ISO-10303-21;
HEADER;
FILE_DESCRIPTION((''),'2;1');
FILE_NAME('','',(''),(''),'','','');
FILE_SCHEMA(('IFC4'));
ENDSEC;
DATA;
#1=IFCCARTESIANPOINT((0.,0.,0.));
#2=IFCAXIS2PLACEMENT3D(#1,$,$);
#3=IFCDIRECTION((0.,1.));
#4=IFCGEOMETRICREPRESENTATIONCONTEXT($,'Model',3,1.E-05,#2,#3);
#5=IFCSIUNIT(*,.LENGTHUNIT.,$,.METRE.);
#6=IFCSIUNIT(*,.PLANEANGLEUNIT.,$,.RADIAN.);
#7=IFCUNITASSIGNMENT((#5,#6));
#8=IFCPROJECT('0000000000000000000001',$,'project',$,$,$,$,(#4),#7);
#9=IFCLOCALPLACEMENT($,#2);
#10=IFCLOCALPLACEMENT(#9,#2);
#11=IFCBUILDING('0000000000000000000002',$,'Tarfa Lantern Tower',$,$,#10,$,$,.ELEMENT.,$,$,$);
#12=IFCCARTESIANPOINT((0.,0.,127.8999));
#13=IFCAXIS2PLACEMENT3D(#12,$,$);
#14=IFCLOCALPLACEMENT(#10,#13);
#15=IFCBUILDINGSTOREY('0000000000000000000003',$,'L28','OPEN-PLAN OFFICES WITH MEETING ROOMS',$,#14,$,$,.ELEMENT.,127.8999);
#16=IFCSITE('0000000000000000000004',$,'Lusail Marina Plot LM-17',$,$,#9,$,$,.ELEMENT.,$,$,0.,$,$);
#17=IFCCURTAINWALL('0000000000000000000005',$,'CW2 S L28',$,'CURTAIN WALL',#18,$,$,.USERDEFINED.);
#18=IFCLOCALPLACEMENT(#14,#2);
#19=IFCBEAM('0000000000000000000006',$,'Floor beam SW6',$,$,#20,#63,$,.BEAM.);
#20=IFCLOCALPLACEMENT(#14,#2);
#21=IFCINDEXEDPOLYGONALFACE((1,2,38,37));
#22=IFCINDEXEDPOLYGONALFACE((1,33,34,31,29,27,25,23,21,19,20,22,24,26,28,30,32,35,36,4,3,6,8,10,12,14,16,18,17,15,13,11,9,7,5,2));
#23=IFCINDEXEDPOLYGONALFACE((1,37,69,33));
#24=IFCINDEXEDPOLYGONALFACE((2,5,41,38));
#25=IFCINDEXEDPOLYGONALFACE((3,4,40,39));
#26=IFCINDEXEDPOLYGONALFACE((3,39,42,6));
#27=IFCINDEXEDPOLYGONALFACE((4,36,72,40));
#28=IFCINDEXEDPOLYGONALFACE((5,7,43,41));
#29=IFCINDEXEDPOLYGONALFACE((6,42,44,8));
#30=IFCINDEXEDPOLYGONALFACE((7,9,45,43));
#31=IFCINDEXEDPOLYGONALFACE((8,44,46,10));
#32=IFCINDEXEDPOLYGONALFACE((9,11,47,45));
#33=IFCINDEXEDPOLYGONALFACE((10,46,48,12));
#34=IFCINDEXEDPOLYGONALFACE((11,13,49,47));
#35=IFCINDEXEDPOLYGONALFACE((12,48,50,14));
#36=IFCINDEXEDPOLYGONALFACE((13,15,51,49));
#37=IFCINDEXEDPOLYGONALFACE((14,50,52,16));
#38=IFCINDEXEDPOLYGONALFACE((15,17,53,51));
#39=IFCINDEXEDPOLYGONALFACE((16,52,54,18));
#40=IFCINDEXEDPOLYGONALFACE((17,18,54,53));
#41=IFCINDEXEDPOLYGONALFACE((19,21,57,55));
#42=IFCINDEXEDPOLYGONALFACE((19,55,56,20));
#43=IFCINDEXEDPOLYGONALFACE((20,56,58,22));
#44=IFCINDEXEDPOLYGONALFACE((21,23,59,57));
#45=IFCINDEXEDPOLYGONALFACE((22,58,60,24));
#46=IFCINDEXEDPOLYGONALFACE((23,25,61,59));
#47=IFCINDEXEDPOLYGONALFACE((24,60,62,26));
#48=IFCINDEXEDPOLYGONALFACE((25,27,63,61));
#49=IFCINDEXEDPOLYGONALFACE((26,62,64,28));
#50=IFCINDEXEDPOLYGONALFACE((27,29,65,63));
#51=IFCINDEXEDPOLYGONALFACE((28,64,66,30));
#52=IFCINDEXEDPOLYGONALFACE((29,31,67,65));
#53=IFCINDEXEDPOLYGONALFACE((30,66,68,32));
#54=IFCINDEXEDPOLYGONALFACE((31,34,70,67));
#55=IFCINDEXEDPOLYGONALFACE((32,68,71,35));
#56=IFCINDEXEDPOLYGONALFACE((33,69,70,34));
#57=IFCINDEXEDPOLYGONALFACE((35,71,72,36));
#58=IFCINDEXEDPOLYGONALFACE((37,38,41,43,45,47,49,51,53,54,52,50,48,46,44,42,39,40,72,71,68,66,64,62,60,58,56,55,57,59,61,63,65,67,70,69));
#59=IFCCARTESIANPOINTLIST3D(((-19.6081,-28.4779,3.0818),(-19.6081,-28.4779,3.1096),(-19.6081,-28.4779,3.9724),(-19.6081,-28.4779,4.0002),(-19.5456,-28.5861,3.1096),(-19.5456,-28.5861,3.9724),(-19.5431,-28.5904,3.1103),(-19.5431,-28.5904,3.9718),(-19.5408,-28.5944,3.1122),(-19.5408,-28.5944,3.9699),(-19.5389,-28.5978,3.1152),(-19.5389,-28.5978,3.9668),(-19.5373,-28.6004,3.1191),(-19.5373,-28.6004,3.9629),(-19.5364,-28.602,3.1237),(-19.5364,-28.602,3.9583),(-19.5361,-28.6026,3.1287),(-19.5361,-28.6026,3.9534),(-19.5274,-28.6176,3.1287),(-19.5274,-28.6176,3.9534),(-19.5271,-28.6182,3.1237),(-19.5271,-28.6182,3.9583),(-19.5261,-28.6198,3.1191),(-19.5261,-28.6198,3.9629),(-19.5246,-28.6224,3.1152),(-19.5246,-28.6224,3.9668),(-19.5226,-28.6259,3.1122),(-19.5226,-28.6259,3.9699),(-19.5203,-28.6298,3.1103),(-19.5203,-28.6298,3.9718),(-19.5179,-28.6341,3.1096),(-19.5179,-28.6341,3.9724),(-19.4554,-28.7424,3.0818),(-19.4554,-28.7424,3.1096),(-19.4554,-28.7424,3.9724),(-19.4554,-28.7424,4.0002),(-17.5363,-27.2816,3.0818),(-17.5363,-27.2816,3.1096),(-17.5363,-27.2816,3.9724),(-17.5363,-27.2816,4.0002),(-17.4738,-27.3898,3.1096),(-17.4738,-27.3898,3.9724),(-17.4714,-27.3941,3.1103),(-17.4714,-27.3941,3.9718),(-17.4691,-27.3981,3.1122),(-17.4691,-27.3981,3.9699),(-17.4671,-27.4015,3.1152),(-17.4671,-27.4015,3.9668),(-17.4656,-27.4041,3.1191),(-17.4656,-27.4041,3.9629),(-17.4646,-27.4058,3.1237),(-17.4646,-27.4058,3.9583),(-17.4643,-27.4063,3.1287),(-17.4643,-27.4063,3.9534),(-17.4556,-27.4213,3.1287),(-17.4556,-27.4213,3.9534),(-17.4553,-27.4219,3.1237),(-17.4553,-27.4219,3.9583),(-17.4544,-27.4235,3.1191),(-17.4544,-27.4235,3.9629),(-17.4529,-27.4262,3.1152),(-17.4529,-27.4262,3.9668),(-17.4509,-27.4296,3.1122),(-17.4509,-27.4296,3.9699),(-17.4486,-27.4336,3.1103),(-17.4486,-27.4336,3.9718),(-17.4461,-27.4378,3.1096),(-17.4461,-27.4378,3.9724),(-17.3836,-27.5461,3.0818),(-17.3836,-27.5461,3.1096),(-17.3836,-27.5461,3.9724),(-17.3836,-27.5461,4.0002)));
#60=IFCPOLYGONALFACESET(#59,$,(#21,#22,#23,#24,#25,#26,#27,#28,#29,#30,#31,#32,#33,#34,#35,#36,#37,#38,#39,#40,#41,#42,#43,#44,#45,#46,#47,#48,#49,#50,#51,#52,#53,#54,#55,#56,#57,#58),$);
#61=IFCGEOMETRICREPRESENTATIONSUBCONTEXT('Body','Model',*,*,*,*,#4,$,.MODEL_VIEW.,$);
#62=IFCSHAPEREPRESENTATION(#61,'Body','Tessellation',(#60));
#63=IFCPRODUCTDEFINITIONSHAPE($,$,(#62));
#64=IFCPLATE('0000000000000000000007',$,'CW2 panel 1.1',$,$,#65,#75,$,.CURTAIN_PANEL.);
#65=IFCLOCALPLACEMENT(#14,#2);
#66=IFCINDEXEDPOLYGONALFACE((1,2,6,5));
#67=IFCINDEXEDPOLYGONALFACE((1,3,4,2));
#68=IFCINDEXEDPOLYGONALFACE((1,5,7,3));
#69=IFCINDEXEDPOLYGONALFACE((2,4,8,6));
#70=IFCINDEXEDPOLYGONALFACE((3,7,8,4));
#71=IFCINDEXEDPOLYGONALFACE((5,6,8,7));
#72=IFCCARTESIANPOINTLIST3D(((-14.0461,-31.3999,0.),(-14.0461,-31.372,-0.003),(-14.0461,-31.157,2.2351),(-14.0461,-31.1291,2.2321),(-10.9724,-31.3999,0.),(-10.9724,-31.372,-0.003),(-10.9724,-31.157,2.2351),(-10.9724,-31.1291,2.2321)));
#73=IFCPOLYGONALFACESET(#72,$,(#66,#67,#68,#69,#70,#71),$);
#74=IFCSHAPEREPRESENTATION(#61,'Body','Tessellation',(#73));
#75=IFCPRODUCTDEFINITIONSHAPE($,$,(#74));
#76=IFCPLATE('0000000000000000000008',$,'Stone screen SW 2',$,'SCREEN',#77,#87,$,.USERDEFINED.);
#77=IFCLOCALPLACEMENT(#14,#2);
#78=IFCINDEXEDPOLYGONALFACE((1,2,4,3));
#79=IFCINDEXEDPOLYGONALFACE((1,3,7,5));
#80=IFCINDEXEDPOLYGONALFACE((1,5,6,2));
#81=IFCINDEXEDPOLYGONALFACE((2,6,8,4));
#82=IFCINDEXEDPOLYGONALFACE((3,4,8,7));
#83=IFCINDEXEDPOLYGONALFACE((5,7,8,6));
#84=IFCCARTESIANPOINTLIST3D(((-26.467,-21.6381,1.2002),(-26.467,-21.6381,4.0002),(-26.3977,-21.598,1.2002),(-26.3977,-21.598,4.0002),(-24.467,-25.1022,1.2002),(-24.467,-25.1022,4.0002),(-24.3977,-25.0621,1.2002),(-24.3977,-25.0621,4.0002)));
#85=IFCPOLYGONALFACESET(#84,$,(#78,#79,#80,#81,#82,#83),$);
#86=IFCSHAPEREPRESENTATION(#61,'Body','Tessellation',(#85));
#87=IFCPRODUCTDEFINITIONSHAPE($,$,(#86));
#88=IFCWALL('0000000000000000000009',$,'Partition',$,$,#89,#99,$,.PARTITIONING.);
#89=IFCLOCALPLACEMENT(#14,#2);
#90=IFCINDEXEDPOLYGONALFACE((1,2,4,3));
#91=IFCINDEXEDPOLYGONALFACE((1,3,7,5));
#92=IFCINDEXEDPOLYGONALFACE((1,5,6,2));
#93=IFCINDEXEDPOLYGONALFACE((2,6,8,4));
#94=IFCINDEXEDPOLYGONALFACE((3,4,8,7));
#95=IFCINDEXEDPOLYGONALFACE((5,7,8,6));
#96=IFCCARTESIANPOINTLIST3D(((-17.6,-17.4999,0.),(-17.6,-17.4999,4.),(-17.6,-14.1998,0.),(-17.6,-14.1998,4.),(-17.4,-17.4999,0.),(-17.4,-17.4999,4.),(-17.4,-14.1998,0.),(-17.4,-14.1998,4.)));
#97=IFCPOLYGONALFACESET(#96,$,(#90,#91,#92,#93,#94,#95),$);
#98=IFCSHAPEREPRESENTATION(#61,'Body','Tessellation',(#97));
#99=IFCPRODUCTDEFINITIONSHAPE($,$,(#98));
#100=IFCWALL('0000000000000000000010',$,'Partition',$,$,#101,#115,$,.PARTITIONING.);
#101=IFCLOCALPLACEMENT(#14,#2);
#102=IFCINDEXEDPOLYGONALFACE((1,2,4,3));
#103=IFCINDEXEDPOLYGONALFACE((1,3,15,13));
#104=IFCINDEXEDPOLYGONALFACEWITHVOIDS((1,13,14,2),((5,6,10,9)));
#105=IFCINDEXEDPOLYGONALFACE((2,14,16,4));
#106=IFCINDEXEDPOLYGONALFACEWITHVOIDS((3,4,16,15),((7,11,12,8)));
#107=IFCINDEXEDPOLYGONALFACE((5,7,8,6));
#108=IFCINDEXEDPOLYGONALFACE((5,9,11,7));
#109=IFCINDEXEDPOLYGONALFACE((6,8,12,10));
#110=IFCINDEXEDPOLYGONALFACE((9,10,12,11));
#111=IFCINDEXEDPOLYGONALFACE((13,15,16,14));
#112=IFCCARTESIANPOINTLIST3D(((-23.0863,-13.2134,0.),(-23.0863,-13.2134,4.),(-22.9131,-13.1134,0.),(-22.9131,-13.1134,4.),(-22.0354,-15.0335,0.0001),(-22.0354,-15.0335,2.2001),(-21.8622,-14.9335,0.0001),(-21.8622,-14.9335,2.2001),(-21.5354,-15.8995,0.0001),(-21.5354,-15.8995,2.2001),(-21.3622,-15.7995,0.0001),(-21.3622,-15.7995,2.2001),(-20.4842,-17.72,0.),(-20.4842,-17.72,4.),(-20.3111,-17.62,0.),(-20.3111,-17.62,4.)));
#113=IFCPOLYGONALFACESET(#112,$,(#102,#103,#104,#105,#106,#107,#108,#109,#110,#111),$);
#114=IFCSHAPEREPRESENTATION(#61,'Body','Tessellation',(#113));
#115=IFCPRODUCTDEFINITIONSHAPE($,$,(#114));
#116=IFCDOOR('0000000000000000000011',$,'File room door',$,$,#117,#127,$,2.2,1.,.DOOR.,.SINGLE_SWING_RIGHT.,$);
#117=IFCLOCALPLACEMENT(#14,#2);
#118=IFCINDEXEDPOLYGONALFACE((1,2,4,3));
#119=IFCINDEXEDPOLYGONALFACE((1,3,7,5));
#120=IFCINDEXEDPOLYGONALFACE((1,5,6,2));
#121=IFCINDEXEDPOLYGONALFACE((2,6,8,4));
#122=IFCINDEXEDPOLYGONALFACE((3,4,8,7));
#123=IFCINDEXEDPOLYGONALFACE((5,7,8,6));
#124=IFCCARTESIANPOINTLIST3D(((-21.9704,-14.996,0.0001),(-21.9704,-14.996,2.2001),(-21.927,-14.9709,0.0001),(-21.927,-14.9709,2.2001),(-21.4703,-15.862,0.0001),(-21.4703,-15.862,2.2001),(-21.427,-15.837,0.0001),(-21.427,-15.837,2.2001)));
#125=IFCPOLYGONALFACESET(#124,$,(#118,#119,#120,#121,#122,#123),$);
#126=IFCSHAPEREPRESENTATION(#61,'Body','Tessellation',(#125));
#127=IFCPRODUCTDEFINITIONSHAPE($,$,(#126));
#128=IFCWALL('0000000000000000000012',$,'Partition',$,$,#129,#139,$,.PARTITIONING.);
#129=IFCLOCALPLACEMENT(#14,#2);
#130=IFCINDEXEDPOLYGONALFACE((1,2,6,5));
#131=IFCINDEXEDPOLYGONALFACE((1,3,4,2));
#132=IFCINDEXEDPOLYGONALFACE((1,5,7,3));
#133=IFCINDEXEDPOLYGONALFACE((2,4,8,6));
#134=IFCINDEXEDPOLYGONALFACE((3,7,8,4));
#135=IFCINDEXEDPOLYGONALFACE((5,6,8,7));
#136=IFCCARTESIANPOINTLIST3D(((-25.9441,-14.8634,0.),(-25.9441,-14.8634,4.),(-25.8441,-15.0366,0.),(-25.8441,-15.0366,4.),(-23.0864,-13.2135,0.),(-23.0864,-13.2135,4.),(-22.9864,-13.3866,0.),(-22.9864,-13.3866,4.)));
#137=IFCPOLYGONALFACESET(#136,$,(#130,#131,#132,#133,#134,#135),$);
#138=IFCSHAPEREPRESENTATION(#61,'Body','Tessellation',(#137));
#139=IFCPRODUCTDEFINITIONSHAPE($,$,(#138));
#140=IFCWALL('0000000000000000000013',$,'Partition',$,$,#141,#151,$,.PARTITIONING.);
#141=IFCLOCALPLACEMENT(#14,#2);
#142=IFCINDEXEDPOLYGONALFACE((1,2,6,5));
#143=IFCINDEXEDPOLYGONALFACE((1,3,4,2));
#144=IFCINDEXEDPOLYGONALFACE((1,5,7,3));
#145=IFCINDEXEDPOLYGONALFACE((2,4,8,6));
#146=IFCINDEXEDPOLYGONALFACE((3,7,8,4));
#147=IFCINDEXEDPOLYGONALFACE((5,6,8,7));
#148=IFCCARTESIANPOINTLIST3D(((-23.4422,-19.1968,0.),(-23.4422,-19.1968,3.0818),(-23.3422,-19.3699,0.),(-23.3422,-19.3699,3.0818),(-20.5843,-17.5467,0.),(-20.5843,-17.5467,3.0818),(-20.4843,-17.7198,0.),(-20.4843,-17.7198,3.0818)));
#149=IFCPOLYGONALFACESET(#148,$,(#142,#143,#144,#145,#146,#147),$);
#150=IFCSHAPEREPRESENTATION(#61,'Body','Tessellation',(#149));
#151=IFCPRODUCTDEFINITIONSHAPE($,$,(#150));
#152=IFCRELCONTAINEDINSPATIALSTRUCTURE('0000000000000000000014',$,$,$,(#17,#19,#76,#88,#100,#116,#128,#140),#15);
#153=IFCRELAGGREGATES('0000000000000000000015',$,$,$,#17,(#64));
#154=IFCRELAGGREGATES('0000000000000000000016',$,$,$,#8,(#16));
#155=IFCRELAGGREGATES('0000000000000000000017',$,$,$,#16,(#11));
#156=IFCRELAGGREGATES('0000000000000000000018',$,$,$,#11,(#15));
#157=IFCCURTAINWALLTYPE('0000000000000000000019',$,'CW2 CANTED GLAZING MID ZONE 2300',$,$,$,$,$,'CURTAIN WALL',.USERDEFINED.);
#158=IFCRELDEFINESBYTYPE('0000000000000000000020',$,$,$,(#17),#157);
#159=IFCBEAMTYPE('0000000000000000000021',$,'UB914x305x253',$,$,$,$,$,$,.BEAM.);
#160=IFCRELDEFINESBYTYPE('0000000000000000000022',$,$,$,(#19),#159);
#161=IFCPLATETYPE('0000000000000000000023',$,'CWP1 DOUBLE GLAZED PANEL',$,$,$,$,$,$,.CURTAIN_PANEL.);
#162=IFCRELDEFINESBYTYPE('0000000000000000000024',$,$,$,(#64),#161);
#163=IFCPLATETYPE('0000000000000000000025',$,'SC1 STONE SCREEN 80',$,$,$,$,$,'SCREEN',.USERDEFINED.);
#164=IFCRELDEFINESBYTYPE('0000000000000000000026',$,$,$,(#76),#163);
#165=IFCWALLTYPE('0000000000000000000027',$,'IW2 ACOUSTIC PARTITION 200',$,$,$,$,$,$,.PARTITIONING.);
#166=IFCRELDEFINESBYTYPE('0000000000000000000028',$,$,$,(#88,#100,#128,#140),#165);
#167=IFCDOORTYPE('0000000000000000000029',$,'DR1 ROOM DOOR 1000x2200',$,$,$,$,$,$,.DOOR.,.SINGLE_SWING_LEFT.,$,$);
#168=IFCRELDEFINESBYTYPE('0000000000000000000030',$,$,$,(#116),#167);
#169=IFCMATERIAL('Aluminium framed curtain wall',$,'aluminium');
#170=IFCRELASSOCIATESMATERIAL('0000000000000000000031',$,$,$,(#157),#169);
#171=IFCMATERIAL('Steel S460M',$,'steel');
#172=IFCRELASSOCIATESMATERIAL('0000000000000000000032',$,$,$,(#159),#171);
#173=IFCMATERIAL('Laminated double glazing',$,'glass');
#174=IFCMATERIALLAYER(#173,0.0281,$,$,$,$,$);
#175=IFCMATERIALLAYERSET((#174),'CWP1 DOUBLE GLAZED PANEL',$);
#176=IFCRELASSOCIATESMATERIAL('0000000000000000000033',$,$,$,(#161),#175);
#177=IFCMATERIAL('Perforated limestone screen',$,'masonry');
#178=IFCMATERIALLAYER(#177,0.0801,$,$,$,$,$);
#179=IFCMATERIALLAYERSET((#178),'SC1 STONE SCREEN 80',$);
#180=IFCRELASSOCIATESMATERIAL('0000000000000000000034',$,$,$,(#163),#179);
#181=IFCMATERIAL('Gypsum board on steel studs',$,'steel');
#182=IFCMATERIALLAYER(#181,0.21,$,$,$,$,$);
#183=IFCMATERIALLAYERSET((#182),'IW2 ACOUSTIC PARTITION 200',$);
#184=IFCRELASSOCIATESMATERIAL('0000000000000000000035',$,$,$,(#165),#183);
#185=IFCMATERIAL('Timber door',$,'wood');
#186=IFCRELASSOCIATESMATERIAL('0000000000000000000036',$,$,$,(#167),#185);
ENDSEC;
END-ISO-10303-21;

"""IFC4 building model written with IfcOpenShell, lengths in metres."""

from ifc_helpers import new_model, si_unit, direction, frame, frame_2d, origin, origin_2d, place, context, subcontext, project, spatial, polyline, rectangle, i_section, outline, extrude, material, layer, layer_set, material_profile, profile_set, type_object, element, fill, aggregate, save


model = new_model("IFC4")

# Units and contexts
model_context = context("Model", 3, precision=1e-05, world=origin(), true_north=direction((0.0, 1.0)))
body_context = subcontext(model_context, "Body", "Model", "MODEL_VIEW")
ifc_project = project(units=[si_unit("LENGTHUNIT", "METRE"), si_unit("PLANEANGLEUNIT", "RADIAN")], contexts=[model_context])

# Site, building, storey
site_placement = place(None, origin())
site = spatial("IfcSite", under=ifc_project, at=site_placement, Name="Lusail Marina Plot LM-17", CompositionType="ELEMENT", RefElevation=0.0)
building_placement = place(site_placement, origin())
building = spatial("IfcBuilding", under=site, at=building_placement, Name="Tarfa Lantern Tower", CompositionType="ELEMENT")
storey_placement = place(building_placement, frame((0.0, 0.0, 127.8999)))
storey = spatial("IfcBuildingStorey", under=building, at=storey_placement, Name="L28", Description="OPEN-PLAN OFFICES WITH MEETING ROOMS", CompositionType="ELEMENT", Elevation=127.8999)

# Curtain wall
ifc_material_1 = material(Name="Aluminium framed curtain wall", Category="aluminium")
curtain_wall_type = type_object("IfcCurtainWallType", Name="CW2 CANTED GLAZING MID ZONE 2300", ElementType="CURTAIN WALL", PredefinedType="USERDEFINED", material=ifc_material_1)
curtain_wall_placement = place(storey_placement, origin())
curtain_wall = element("IfcCurtainWall", 1, at=curtain_wall_placement, inside=storey, type_object=curtain_wall_type, Name="CW2 S L28", ObjectType="CURTAIN WALL", PredefinedType="USERDEFINED")

# Beam
ifc_material_2 = material(Name="Steel S460M", Category="steel")
ifc_material_profile_1 = material_profile(ifc_material_2, i_section(OverallWidth=0.3054, OverallDepth=0.9185, WebThickness=0.0173, FlangeThickness=0.0278, FilletRadius=0.019, at=origin_2d()), Name="UB914x305x253")
ifc_profile_set_1 = profile_set([ifc_material_profile_1], Name="Steel S460M")
beam_type_1 = type_object("IfcBeamType", Name="UB914x305x253", PredefinedType="BEAM", material=ifc_profile_set_1)
beam_1_placement = place(storey_placement, frame((-19.5317, -28.6101, 3.541), z_axis=(0.865999, 0.500046, 0.0), x_axis=(-0.500046, 0.865999, 0.0)))
element("IfcBeam", 2, at=beam_1_placement, inside=storey, type_object=beam_type_1, Name="Floor beam SW6", PredefinedType="BEAM", context=body_context, shape_type="SweptSolid", body=[
    extrude(i_section(OverallWidth=0.3054, OverallDepth=0.9185, WebThickness=0.0173, FlangeThickness=0.0278, FilletRadius=0.019, at=origin_2d()), origin(), (0.0, 0.0, 1.0), 2.3923),
])

# Plates
ifc_material_3 = material(Name="Laminated double glazing", Category="glass")
ifc_layer_1 = layer(ifc_material_3, 0.0281)
ifc_layer_set_1 = layer_set([ifc_layer_1], Name="CWP1 DOUBLE GLAZED PANEL")
plate_type_1 = type_object("IfcPlateType", Name="CWP1 DOUBLE GLAZED PANEL", PredefinedType="CURTAIN_PANEL", material=ifc_layer_set_1)
plate_1_placement = place(storey_placement, frame((-14.0461, -31.3999, 0.0), z_axis=(0.0, -0.994146, 0.108048), x_axis=(1.0, 0.0, 0.0)))
plate_1 = element("IfcPlate", 3, at=plate_1_placement, type_object=plate_type_1, Name="CW2 panel 1.1", PredefinedType="CURTAIN_PANEL", context=body_context, shape_type="SweptSolid", body=[
    extrude(outline(polyline([(0.0, 0.0), (3.0737, 0.0), (3.0737, 2.2483), (0.0, 2.2483), (0.0, 0.0)])), origin(), (0.0, 0.0, -1.0), 0.0281),
])
aggregate(curtain_wall, [plate_1])
ifc_material_4 = material(Name="Perforated limestone screen", Category="masonry")
ifc_layer_2 = layer(ifc_material_4, 0.0801)
ifc_layer_set_2 = layer_set([ifc_layer_2], Name="SC1 STONE SCREEN 80")
plate_type_2 = type_object("IfcPlateType", Name="SC1 STONE SCREEN 80", ElementType="SCREEN", PredefinedType="USERDEFINED", material=ifc_layer_set_2)
plate_2_placement = place(storey_placement, frame((-25.4324, -23.3501, 1.2002), z_axis=(0.0, 0.0, 1.0), x_axis=(0.5, -0.866025, 0.0)))
element("IfcPlate", 4, at=plate_2_placement, inside=storey, type_object=plate_type_2, Name="Stone screen SW 2", ObjectType="SCREEN", PredefinedType="USERDEFINED", context=body_context, shape_type="SweptSolid", body=[
    extrude(rectangle(XDim=4.0, YDim=0.0801, at=origin_2d()), origin(), (0.0, 0.0, 1.0), 2.8),
])

# Wall
ifc_material_5 = material(Name="Gypsum board on steel studs", Category="steel")
ifc_layer_3 = layer(ifc_material_5, 0.21)
ifc_layer_set_3 = layer_set([ifc_layer_3], Name="IW2 ACOUSTIC PARTITION 200")
wall_type = type_object("IfcWallType", Name="IW2 ACOUSTIC PARTITION 200", PredefinedType="PARTITIONING", material=ifc_layer_set_3)
wall_1_placement = place(storey_placement, frame((-17.5, -14.2, 0.0), z_axis=(0.0, 0.0, 1.0), x_axis=(0.0, -1.0, 0.0)))
element("IfcWall", 5, at=wall_1_placement, inside=storey, type_object=wall_type, Name="Partition", PredefinedType="PARTITIONING", context=body_context, shape_type="SweptSolid", body=[
    extrude(rectangle(XDim=3.3, YDim=0.2, at=frame_2d((1.6499, 0.0))), origin(), (0.0, 0.0, 1.0), 4.0),
])

# Wall, opening, door
wall_2_placement = place(storey_placement, frame((-22.9998, -13.1633, 0.0), z_axis=(0.0, 0.0, 1.0), x_axis=(0.500024, -0.866011, 0.0)))
wall_2 = element("IfcWall", 6, at=wall_2_placement, inside=storey, type_object=wall_type, Name="Partition", PredefinedType="PARTITIONING", context=body_context, shape_type="SweptSolid", body=[
    extrude(rectangle(XDim=5.2039, YDim=0.2, at=frame_2d((2.6021, 0.0))), origin(), (0.0, 0.0, 1.0), 4.0),
])
opening_placement = place(wall_2_placement, frame((2.1018, 0.0, 0.0)))
opening = element("IfcOpeningElement", 7, at=opening_placement, cuts=wall_2, PredefinedType="OPENING", context=body_context, shape_type="SweptSolid", body=[
    extrude(rectangle(XDim=1.0, YDim=2.2, at=frame_2d((0.5, 1.1001))), frame((0.0, 0.1099, 0.0), z_axis=(0.0, -1.0, 0.0), x_axis=(1.0, 0.0, 0.0)), (0.0, 0.0, 1.0), 0.22),
])
ifc_material_6 = material(Name="Timber door", Category="wood")
door_type = type_object("IfcDoorType", Name="DR1 ROOM DOOR 1000x2200", OperationType="SINGLE_SWING_LEFT", PredefinedType="DOOR", material=ifc_material_6)
door_placement = place(opening_placement, frame((1.0, 0.0, 0.0), z_axis=(0.0, 0.0, 1.0), x_axis=(-1.0, 0.0, 0.0)))
door = element("IfcDoor", 8, at=door_placement, inside=storey, type_object=door_type, Name="File room door", OperationType="SINGLE_SWING_RIGHT", OverallHeight=2.2, OverallWidth=1.0, PredefinedType="DOOR", context=body_context, shape_type="SweptSolid", body=[
    extrude(rectangle(XDim=1.0, YDim=2.2, at=frame_2d((0.5, 1.1001))), frame((0.0, 0.0249, 0.0), z_axis=(0.0, -1.0, 0.0), x_axis=(1.0, 0.0, 0.0)), (0.0, 0.0, 1.0), 0.05),
])
fill(opening, door)

# Walls
wall_3_placement = place(storey_placement, frame((-23.0364, -13.3, 0.0), z_axis=(0.0, 0.0, 1.0), x_axis=(-0.866022, -0.500006, 0.0)))
element("IfcWall", 9, at=wall_3_placement, inside=storey, type_object=wall_type, Name="Partition", PredefinedType="PARTITIONING", context=body_context, shape_type="SweptSolid", body=[
    extrude(rectangle(XDim=3.2998, YDim=0.2, at=frame_2d((1.6499, 0.0))), origin(), (0.0, 0.0, 1.0), 4.0),
])
wall_4_placement = place(storey_placement, frame((-20.5344, -17.6333, 0.0), z_axis=(0.0, 0.0, 1.0), x_axis=(-0.866008, -0.50003, 0.0)))
element("IfcWall", 10, at=wall_4_placement, inside=storey, type_object=wall_type, Name="Partition", PredefinedType="PARTITIONING", context=body_context, shape_type="SweptSolid", body=[
    extrude(rectangle(XDim=3.3, YDim=0.2, at=frame_2d((1.6499, 0.0))), origin(), (0.0, 0.0, 1.0), 3.0818),
])

save(model, "model.ifc")
